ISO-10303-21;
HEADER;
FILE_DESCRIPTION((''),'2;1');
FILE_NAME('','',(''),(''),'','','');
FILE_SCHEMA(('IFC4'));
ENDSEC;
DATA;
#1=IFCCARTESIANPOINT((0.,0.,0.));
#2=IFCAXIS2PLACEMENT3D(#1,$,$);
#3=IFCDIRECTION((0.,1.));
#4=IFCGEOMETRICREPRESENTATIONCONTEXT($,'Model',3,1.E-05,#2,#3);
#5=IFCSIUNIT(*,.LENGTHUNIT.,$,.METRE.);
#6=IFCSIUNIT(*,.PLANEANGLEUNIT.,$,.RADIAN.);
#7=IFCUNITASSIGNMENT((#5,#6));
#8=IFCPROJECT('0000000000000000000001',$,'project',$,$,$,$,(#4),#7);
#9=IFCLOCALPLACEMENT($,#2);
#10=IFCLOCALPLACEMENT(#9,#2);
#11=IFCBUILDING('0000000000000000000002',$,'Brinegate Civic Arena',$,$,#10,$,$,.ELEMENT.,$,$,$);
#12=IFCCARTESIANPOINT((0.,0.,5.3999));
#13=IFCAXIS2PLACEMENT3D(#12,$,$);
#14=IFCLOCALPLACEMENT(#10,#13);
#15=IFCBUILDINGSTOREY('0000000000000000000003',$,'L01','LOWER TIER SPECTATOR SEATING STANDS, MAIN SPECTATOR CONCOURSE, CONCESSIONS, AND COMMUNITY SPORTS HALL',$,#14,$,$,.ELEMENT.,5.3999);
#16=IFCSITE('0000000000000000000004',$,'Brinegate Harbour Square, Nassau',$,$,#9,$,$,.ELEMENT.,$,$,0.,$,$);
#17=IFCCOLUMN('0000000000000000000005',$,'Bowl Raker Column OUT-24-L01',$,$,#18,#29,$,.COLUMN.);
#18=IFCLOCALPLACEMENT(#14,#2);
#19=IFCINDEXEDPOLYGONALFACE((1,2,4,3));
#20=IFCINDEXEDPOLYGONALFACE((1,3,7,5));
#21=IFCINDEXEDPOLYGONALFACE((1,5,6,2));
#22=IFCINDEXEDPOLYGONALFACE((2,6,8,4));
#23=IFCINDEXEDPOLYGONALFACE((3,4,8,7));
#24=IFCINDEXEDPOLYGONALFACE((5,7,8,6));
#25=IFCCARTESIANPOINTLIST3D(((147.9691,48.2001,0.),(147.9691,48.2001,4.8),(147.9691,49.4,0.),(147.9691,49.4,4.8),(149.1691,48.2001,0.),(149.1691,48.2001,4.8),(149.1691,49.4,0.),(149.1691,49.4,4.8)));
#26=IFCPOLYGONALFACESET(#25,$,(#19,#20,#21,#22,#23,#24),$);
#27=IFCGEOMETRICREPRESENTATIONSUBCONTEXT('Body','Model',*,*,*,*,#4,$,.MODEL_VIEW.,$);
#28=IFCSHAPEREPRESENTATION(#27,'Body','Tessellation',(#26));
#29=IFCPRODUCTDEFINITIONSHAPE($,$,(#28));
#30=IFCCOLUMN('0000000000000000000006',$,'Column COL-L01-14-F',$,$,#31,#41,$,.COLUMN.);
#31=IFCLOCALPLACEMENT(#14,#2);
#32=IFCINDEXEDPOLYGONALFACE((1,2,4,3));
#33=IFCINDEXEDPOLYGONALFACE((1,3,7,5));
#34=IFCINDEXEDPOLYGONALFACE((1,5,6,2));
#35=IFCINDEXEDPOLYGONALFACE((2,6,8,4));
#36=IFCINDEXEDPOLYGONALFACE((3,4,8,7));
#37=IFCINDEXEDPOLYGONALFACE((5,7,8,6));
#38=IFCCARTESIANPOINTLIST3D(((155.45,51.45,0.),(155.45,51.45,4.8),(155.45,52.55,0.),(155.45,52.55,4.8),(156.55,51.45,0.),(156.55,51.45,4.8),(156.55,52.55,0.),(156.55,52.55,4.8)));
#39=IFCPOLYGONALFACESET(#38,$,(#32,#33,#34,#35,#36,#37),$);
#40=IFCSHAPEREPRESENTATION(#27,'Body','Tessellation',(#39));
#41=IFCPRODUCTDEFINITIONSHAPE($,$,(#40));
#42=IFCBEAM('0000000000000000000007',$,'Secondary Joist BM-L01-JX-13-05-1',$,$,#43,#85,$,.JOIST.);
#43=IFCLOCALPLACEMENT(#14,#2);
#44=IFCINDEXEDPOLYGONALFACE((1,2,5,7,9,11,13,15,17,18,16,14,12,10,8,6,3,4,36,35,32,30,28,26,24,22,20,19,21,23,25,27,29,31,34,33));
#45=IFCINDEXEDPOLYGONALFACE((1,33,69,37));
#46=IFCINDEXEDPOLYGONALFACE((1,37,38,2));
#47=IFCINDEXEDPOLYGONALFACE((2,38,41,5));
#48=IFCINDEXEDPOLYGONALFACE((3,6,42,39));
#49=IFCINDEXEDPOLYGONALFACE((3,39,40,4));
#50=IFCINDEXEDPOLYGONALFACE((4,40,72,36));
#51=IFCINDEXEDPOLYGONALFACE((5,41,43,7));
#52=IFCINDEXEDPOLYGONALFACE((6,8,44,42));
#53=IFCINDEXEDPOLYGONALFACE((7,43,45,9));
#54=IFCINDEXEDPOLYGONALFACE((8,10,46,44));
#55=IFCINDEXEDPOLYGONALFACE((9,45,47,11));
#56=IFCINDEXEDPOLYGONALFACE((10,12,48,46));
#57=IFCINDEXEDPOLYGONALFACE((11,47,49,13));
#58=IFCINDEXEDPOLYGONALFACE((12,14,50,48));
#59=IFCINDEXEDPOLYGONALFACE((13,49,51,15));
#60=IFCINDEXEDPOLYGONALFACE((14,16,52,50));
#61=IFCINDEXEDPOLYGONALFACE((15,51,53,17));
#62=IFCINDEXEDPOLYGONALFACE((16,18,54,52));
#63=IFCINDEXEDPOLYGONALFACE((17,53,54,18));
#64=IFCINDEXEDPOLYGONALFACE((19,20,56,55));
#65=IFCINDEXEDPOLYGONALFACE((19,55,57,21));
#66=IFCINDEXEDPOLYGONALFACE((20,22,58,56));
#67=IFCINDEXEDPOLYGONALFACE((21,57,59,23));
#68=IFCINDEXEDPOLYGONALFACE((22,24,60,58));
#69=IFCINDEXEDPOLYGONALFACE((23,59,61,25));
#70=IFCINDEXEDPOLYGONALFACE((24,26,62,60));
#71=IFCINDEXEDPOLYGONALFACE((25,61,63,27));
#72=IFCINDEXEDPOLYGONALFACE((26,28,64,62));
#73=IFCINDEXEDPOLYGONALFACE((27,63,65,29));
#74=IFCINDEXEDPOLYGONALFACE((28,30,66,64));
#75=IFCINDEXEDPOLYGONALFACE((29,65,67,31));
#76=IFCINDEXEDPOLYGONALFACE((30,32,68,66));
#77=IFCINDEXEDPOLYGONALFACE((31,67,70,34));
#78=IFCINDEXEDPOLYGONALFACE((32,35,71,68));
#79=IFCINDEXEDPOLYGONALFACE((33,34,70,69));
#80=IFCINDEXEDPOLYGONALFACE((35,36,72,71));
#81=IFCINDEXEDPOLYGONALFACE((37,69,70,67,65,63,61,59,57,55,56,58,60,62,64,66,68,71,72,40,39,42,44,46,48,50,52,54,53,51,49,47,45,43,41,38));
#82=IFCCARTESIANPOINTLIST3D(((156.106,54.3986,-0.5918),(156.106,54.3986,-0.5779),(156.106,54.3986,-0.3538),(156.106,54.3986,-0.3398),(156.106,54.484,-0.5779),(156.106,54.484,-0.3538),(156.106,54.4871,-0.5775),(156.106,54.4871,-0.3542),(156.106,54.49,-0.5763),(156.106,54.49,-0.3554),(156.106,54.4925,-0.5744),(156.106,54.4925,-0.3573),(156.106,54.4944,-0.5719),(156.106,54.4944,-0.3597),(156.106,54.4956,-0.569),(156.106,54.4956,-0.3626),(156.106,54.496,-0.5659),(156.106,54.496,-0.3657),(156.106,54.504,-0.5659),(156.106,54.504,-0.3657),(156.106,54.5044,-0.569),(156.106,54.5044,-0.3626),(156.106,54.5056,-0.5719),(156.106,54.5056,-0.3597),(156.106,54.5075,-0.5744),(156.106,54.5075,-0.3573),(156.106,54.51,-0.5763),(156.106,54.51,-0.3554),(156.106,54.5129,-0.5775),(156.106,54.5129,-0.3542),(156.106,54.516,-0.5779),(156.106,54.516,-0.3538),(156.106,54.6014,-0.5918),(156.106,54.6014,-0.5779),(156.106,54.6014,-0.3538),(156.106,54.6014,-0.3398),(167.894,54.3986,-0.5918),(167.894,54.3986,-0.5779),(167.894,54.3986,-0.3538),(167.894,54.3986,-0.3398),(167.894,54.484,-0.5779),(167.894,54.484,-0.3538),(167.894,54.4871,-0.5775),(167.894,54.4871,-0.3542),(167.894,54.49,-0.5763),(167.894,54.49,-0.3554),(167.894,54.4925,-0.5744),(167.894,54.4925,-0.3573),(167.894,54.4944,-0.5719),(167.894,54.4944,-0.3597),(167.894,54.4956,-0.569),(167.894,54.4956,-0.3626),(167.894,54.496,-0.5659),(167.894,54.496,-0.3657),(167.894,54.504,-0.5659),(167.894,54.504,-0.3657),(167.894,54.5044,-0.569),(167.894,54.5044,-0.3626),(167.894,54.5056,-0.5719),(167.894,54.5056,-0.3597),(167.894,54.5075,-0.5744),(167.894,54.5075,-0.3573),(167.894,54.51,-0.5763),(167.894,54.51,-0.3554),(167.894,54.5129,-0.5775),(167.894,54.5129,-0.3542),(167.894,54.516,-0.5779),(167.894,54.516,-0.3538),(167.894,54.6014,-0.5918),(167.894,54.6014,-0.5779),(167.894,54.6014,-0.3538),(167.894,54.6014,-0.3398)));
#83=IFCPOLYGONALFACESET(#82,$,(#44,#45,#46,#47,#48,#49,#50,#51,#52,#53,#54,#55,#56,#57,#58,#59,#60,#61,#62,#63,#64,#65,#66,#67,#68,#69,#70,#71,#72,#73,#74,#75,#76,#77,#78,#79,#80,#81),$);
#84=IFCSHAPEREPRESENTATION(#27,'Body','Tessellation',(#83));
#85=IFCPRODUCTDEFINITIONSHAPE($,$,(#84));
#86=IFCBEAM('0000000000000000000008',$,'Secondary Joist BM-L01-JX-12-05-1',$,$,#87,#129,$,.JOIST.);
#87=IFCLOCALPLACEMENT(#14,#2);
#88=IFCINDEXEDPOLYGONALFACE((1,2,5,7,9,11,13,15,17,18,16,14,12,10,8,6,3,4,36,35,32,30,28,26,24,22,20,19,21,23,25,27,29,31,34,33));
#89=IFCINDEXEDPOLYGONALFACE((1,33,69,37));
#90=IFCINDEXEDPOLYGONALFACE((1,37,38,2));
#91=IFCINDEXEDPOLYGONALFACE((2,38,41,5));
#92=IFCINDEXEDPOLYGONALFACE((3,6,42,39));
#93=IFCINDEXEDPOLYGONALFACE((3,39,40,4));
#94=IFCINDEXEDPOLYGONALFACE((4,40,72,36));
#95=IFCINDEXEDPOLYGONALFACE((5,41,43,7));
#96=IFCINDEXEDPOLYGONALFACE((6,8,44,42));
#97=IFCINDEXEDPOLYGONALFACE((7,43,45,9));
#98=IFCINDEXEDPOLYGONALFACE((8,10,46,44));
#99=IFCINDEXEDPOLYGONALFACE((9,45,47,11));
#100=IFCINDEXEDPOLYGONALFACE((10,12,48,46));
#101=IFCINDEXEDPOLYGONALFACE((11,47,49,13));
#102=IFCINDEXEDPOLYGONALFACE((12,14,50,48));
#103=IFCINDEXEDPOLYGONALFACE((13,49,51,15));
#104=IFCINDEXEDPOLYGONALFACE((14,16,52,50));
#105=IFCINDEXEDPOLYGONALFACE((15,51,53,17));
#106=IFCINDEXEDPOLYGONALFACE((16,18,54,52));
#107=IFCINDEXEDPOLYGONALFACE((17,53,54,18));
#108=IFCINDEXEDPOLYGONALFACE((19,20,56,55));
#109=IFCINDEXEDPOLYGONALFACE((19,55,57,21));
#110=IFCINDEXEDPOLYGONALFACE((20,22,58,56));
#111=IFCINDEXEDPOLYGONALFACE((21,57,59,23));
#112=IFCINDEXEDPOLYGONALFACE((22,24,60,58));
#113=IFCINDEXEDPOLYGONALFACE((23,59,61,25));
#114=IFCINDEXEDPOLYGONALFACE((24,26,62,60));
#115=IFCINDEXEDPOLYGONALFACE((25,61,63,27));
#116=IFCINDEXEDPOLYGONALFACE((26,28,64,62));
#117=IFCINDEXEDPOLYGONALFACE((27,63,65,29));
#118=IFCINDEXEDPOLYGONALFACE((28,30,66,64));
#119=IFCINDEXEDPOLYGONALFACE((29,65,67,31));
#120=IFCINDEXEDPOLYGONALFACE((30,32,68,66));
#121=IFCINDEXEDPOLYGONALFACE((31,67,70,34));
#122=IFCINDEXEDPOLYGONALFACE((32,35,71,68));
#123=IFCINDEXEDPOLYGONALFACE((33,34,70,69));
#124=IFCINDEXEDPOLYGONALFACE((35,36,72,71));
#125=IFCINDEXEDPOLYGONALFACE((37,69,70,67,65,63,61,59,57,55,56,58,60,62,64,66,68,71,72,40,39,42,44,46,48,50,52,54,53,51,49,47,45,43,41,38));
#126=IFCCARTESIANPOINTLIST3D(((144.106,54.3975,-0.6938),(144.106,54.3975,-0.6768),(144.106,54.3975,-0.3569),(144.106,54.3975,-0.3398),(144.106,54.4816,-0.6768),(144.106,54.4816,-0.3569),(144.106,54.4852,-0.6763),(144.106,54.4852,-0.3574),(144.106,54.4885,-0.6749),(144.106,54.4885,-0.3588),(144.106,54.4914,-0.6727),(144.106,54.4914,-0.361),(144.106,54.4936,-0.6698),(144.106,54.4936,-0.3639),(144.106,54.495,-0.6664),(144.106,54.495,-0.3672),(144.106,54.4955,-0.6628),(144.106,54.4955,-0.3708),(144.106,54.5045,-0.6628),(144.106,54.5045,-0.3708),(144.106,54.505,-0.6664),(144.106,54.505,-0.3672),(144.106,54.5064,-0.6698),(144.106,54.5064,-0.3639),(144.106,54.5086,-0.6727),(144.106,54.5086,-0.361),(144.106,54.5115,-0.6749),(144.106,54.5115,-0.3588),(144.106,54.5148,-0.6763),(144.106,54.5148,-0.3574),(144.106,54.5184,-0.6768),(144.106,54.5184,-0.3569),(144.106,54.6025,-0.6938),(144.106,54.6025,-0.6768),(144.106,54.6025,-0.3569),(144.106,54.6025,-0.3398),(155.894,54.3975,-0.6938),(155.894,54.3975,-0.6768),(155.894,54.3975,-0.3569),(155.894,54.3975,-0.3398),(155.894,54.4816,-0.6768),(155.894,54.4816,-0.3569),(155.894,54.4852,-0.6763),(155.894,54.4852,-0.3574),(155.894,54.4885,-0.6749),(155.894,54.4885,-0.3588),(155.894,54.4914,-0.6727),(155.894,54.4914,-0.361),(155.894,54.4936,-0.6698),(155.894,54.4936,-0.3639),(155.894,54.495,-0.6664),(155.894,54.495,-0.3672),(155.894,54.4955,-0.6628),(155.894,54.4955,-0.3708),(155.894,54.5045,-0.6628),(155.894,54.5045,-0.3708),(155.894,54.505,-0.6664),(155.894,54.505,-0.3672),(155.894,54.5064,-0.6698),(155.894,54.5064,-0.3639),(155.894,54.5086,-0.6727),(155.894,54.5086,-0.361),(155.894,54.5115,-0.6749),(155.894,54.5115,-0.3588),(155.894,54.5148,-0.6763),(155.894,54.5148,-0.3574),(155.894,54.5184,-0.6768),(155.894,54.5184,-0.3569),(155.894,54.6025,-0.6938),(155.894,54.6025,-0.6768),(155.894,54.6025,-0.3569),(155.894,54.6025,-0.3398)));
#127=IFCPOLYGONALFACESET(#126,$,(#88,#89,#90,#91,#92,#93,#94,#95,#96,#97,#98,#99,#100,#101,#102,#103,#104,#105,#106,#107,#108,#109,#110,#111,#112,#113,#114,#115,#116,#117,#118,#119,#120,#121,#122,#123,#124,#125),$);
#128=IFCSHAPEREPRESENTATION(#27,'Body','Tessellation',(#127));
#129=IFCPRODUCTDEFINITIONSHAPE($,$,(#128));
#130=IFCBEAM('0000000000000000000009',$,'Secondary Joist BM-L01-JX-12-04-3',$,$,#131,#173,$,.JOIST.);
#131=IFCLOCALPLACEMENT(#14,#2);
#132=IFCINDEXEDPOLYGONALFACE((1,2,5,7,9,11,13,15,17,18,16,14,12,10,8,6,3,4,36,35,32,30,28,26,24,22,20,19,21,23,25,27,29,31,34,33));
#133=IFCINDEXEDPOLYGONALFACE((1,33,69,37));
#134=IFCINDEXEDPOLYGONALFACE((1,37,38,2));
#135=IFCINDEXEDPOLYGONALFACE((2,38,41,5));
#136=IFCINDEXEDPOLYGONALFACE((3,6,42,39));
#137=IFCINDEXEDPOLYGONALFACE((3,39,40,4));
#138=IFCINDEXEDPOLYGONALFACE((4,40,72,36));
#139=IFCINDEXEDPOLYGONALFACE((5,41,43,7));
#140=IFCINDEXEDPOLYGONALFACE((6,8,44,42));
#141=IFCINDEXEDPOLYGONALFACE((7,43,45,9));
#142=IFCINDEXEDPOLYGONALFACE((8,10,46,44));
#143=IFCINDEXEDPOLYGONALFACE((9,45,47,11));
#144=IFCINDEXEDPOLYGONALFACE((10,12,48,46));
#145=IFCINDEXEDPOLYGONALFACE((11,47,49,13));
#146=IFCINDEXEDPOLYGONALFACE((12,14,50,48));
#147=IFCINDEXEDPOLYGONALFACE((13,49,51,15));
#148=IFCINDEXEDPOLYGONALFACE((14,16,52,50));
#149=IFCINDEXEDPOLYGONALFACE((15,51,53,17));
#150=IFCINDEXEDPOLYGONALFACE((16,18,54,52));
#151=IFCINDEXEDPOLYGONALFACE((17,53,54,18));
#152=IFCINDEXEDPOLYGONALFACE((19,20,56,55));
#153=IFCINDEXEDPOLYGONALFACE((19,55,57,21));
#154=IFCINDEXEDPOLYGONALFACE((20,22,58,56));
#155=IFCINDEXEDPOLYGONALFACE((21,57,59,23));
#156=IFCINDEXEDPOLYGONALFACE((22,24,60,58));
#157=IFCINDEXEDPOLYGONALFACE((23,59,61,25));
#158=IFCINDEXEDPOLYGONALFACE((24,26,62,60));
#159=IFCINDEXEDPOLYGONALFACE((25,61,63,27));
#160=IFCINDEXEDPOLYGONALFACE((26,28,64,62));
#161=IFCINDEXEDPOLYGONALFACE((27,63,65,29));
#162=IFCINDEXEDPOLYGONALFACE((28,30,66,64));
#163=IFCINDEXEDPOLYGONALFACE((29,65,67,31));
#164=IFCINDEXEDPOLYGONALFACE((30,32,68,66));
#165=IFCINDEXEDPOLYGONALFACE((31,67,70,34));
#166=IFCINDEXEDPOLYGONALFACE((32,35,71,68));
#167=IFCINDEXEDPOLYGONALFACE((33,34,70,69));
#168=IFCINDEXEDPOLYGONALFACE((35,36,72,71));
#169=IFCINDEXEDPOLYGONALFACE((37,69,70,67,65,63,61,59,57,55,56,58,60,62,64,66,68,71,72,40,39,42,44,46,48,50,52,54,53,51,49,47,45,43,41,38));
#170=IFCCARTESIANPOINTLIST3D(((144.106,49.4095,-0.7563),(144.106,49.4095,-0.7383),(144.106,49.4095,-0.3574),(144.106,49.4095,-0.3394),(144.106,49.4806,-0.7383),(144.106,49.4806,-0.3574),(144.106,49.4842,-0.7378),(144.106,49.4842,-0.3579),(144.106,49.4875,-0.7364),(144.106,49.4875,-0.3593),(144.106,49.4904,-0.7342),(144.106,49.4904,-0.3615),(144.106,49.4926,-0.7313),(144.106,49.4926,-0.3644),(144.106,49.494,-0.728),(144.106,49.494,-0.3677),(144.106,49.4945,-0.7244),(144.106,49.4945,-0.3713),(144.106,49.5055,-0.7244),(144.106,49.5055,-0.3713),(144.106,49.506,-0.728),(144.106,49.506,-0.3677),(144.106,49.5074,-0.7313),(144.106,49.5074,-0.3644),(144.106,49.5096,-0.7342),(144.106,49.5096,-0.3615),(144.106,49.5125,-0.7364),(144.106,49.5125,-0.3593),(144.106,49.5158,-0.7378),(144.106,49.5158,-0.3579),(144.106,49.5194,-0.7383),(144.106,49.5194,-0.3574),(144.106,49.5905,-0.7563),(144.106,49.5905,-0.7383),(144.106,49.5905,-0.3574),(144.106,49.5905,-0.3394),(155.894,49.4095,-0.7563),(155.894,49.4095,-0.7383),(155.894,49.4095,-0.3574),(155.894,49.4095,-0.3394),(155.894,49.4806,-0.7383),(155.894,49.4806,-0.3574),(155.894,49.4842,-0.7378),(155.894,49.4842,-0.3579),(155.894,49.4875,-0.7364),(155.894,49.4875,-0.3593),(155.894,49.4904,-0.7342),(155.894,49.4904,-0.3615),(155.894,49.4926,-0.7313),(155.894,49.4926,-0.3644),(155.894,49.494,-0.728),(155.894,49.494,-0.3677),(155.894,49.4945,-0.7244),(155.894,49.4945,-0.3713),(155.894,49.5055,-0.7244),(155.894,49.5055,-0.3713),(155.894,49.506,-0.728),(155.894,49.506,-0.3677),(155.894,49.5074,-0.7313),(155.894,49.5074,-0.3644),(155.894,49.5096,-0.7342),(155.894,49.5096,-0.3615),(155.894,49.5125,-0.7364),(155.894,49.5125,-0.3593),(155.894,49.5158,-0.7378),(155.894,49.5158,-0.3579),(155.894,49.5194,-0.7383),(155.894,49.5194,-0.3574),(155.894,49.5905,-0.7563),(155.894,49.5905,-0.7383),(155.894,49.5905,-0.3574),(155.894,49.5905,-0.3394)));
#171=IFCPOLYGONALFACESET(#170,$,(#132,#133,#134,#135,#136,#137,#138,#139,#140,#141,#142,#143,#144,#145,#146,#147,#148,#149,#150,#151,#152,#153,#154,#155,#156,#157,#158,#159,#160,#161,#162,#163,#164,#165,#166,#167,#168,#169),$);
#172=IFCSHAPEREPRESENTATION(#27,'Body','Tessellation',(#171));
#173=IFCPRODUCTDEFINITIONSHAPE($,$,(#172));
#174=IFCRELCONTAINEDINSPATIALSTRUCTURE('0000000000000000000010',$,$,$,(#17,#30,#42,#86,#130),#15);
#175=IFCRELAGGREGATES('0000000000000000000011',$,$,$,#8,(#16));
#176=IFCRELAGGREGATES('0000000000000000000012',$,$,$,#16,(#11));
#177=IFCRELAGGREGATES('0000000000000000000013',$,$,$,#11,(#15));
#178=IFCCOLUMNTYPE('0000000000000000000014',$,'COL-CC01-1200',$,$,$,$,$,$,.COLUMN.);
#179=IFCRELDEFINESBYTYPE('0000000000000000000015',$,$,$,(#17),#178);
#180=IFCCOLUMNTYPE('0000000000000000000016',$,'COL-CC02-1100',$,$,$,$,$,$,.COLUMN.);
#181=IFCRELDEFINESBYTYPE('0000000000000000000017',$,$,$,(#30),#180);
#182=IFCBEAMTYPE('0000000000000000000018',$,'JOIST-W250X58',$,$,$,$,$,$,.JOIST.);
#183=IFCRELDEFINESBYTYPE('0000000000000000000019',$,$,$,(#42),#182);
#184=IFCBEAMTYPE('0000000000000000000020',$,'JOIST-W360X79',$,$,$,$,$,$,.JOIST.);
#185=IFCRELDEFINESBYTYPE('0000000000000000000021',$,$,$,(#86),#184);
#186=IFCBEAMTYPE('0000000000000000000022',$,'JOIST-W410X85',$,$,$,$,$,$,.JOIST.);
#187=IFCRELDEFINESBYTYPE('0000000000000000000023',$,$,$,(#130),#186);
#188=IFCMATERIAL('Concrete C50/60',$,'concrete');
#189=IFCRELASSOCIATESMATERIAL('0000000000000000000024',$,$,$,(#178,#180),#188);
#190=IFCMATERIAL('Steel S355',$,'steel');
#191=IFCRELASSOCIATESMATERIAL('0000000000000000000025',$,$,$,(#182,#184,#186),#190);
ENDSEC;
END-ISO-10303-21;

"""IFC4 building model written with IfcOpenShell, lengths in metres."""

from ifc_helpers import new_model, si_unit, direction, frame, origin, origin_2d, place, context, subcontext, project, spatial, rectangle, i_section, extrude, material, material_profile, profile_set, type_object, element, save


model = new_model("IFC4")

# Units and contexts
model_context = context("Model", 3, precision=1e-05, world=origin(), true_north=direction((0.0, 1.0)))
body_context = subcontext(model_context, "Body", "Model", "MODEL_VIEW")
ifc_project = project(units=[si_unit("LENGTHUNIT", "METRE"), si_unit("PLANEANGLEUNIT", "RADIAN")], contexts=[model_context])

# Site, building, storey
site_placement = place(None, origin())
site = spatial("IfcSite", under=ifc_project, at=site_placement, Name="Brinegate Harbour Square, Nassau", CompositionType="ELEMENT", RefElevation=0.0)
building_placement = place(site_placement, origin())
building = spatial("IfcBuilding", under=site, at=building_placement, Name="Brinegate Civic Arena", CompositionType="ELEMENT")
storey_placement = place(building_placement, frame((0.0, 0.0, 5.3999)))
storey = spatial("IfcBuildingStorey", under=building, at=storey_placement, Name="L01", Description="LOWER TIER SPECTATOR SEATING STANDS, MAIN SPECTATOR CONCOURSE, CONCESSIONS, AND COMMUNITY SPORTS HALL", CompositionType="ELEMENT", Elevation=5.3999)

# Columns
ifc_material_1 = material(Name="Concrete C50/60", Category="concrete")
ifc_material_profile_1 = material_profile(ifc_material_1, rectangle(XDim=1.2, YDim=1.2, at=origin_2d()), Name="RC1200X1200")
ifc_profile_set_1 = profile_set([ifc_material_profile_1], Name="Concrete C50/60")
column_type_1 = type_object("IfcColumnType", Name="COL-CC01-1200", PredefinedType="COLUMN", material=ifc_profile_set_1)
column_1_placement = place(storey_placement, frame((148.5691, 48.8, 0.0), z_axis=(0.0, 0.0, 1.0), x_axis=(1.0, 0.0, 0.0)))
element("IfcColumn", 1, at=column_1_placement, inside=storey, type_object=column_type_1, Name="Bowl Raker Column OUT-24-L01", PredefinedType="COLUMN", context=body_context, shape_type="SweptSolid", body=[
    extrude(rectangle(XDim=1.2, YDim=1.2, at=origin_2d()), origin(), (0.0, 0.0, 1.0), 4.8),
])
ifc_material_profile_2 = material_profile(ifc_material_1, rectangle(XDim=1.1001, YDim=1.1001, at=origin_2d()), Name="RC1100X1100")
ifc_profile_set_2 = profile_set([ifc_material_profile_2], Name="Concrete C50/60")
column_type_2 = type_object("IfcColumnType", Name="COL-CC02-1100", PredefinedType="COLUMN", material=ifc_profile_set_2)
column_2_placement = place(storey_placement, frame((156.0, 52.0, 0.0), z_axis=(0.0, 0.0, 1.0), x_axis=(1.0, 0.0, 0.0)))
element("IfcColumn", 2, at=column_2_placement, inside=storey, type_object=column_type_2, Name="Column COL-L01-14-F", PredefinedType="COLUMN", context=body_context, shape_type="SweptSolid", body=[
    extrude(rectangle(XDim=1.1001, YDim=1.1001, at=origin_2d()), origin(), (0.0, 0.0, 1.0), 4.8),
])

# Beams
ifc_material_2 = material(Name="Steel S355", Category="steel")
ifc_material_profile_3 = material_profile(ifc_material_2, i_section(OverallWidth=0.2029, OverallDepth=0.252, WebThickness=0.0081, FlangeThickness=0.0139, FilletRadius=0.012, at=origin_2d()), Name="W250X58")
ifc_profile_set_3 = profile_set([ifc_material_profile_3], Name="Steel S355")
beam_type_1 = type_object("IfcBeamType", Name="JOIST-W250X58", PredefinedType="JOIST", material=ifc_profile_set_3)
beam_1_placement = place(storey_placement, frame((156.106, 54.5, -0.4658), z_axis=(1.0, 0.0, 0.0), x_axis=(0.0, 1.0, 0.0)))
element("IfcBeam", 3, at=beam_1_placement, inside=storey, type_object=beam_type_1, Name="Secondary Joist BM-L01-JX-13-05-1", PredefinedType="JOIST", context=body_context, shape_type="SweptSolid", body=[
    extrude(i_section(OverallWidth=0.2029, OverallDepth=0.252, WebThickness=0.0081, FlangeThickness=0.0139, FilletRadius=0.012, at=origin_2d()), origin(), (0.0, 0.0, 1.0), 11.7881),
])
ifc_material_profile_4 = material_profile(ifc_material_2, i_section(OverallWidth=0.2051, OverallDepth=0.354, WebThickness=0.009, FlangeThickness=0.0171, FilletRadius=0.0139, at=origin_2d()), Name="W360X79")
ifc_profile_set_4 = profile_set([ifc_material_profile_4], Name="Steel S355")
beam_type_2 = type_object("IfcBeamType", Name="JOIST-W360X79", PredefinedType="JOIST", material=ifc_profile_set_4)
beam_2_placement = place(storey_placement, frame((144.106, 54.5, -0.5168), z_axis=(1.0, 0.0, 0.0), x_axis=(0.0, 1.0, 0.0)))
element("IfcBeam", 4, at=beam_2_placement, inside=storey, type_object=beam_type_2, Name="Secondary Joist BM-L01-JX-12-05-1", PredefinedType="JOIST", context=body_context, shape_type="SweptSolid", body=[
    extrude(i_section(OverallWidth=0.2051, OverallDepth=0.354, WebThickness=0.009, FlangeThickness=0.0171, FilletRadius=0.0139, at=origin_2d()), origin(), (0.0, 0.0, 1.0), 11.7881),
])
ifc_material_profile_5 = material_profile(ifc_material_2, i_section(OverallWidth=0.1809, OverallDepth=0.417, WebThickness=0.011, FlangeThickness=0.0181, FilletRadius=0.0139, at=origin_2d()), Name="W410X85")
ifc_profile_set_5 = profile_set([ifc_material_profile_5], Name="Steel S355")
beam_type_3 = type_object("IfcBeamType", Name="JOIST-W410X85", PredefinedType="JOIST", material=ifc_profile_set_5)
beam_3_placement = place(storey_placement, frame((144.106, 49.5, -0.5479), z_axis=(1.0, 0.0, 0.0), x_axis=(0.0, 1.0, 0.0)))
element("IfcBeam", 5, at=beam_3_placement, inside=storey, type_object=beam_type_3, Name="Secondary Joist BM-L01-JX-12-04-3", PredefinedType="JOIST", context=body_context, shape_type="SweptSolid", body=[
    extrude(i_section(OverallWidth=0.1809, OverallDepth=0.417, WebThickness=0.011, FlangeThickness=0.0181, FilletRadius=0.0139, at=origin_2d()), origin(), (0.0, 0.0, 1.0), 11.7881),
])

save(model, "model.ifc")
